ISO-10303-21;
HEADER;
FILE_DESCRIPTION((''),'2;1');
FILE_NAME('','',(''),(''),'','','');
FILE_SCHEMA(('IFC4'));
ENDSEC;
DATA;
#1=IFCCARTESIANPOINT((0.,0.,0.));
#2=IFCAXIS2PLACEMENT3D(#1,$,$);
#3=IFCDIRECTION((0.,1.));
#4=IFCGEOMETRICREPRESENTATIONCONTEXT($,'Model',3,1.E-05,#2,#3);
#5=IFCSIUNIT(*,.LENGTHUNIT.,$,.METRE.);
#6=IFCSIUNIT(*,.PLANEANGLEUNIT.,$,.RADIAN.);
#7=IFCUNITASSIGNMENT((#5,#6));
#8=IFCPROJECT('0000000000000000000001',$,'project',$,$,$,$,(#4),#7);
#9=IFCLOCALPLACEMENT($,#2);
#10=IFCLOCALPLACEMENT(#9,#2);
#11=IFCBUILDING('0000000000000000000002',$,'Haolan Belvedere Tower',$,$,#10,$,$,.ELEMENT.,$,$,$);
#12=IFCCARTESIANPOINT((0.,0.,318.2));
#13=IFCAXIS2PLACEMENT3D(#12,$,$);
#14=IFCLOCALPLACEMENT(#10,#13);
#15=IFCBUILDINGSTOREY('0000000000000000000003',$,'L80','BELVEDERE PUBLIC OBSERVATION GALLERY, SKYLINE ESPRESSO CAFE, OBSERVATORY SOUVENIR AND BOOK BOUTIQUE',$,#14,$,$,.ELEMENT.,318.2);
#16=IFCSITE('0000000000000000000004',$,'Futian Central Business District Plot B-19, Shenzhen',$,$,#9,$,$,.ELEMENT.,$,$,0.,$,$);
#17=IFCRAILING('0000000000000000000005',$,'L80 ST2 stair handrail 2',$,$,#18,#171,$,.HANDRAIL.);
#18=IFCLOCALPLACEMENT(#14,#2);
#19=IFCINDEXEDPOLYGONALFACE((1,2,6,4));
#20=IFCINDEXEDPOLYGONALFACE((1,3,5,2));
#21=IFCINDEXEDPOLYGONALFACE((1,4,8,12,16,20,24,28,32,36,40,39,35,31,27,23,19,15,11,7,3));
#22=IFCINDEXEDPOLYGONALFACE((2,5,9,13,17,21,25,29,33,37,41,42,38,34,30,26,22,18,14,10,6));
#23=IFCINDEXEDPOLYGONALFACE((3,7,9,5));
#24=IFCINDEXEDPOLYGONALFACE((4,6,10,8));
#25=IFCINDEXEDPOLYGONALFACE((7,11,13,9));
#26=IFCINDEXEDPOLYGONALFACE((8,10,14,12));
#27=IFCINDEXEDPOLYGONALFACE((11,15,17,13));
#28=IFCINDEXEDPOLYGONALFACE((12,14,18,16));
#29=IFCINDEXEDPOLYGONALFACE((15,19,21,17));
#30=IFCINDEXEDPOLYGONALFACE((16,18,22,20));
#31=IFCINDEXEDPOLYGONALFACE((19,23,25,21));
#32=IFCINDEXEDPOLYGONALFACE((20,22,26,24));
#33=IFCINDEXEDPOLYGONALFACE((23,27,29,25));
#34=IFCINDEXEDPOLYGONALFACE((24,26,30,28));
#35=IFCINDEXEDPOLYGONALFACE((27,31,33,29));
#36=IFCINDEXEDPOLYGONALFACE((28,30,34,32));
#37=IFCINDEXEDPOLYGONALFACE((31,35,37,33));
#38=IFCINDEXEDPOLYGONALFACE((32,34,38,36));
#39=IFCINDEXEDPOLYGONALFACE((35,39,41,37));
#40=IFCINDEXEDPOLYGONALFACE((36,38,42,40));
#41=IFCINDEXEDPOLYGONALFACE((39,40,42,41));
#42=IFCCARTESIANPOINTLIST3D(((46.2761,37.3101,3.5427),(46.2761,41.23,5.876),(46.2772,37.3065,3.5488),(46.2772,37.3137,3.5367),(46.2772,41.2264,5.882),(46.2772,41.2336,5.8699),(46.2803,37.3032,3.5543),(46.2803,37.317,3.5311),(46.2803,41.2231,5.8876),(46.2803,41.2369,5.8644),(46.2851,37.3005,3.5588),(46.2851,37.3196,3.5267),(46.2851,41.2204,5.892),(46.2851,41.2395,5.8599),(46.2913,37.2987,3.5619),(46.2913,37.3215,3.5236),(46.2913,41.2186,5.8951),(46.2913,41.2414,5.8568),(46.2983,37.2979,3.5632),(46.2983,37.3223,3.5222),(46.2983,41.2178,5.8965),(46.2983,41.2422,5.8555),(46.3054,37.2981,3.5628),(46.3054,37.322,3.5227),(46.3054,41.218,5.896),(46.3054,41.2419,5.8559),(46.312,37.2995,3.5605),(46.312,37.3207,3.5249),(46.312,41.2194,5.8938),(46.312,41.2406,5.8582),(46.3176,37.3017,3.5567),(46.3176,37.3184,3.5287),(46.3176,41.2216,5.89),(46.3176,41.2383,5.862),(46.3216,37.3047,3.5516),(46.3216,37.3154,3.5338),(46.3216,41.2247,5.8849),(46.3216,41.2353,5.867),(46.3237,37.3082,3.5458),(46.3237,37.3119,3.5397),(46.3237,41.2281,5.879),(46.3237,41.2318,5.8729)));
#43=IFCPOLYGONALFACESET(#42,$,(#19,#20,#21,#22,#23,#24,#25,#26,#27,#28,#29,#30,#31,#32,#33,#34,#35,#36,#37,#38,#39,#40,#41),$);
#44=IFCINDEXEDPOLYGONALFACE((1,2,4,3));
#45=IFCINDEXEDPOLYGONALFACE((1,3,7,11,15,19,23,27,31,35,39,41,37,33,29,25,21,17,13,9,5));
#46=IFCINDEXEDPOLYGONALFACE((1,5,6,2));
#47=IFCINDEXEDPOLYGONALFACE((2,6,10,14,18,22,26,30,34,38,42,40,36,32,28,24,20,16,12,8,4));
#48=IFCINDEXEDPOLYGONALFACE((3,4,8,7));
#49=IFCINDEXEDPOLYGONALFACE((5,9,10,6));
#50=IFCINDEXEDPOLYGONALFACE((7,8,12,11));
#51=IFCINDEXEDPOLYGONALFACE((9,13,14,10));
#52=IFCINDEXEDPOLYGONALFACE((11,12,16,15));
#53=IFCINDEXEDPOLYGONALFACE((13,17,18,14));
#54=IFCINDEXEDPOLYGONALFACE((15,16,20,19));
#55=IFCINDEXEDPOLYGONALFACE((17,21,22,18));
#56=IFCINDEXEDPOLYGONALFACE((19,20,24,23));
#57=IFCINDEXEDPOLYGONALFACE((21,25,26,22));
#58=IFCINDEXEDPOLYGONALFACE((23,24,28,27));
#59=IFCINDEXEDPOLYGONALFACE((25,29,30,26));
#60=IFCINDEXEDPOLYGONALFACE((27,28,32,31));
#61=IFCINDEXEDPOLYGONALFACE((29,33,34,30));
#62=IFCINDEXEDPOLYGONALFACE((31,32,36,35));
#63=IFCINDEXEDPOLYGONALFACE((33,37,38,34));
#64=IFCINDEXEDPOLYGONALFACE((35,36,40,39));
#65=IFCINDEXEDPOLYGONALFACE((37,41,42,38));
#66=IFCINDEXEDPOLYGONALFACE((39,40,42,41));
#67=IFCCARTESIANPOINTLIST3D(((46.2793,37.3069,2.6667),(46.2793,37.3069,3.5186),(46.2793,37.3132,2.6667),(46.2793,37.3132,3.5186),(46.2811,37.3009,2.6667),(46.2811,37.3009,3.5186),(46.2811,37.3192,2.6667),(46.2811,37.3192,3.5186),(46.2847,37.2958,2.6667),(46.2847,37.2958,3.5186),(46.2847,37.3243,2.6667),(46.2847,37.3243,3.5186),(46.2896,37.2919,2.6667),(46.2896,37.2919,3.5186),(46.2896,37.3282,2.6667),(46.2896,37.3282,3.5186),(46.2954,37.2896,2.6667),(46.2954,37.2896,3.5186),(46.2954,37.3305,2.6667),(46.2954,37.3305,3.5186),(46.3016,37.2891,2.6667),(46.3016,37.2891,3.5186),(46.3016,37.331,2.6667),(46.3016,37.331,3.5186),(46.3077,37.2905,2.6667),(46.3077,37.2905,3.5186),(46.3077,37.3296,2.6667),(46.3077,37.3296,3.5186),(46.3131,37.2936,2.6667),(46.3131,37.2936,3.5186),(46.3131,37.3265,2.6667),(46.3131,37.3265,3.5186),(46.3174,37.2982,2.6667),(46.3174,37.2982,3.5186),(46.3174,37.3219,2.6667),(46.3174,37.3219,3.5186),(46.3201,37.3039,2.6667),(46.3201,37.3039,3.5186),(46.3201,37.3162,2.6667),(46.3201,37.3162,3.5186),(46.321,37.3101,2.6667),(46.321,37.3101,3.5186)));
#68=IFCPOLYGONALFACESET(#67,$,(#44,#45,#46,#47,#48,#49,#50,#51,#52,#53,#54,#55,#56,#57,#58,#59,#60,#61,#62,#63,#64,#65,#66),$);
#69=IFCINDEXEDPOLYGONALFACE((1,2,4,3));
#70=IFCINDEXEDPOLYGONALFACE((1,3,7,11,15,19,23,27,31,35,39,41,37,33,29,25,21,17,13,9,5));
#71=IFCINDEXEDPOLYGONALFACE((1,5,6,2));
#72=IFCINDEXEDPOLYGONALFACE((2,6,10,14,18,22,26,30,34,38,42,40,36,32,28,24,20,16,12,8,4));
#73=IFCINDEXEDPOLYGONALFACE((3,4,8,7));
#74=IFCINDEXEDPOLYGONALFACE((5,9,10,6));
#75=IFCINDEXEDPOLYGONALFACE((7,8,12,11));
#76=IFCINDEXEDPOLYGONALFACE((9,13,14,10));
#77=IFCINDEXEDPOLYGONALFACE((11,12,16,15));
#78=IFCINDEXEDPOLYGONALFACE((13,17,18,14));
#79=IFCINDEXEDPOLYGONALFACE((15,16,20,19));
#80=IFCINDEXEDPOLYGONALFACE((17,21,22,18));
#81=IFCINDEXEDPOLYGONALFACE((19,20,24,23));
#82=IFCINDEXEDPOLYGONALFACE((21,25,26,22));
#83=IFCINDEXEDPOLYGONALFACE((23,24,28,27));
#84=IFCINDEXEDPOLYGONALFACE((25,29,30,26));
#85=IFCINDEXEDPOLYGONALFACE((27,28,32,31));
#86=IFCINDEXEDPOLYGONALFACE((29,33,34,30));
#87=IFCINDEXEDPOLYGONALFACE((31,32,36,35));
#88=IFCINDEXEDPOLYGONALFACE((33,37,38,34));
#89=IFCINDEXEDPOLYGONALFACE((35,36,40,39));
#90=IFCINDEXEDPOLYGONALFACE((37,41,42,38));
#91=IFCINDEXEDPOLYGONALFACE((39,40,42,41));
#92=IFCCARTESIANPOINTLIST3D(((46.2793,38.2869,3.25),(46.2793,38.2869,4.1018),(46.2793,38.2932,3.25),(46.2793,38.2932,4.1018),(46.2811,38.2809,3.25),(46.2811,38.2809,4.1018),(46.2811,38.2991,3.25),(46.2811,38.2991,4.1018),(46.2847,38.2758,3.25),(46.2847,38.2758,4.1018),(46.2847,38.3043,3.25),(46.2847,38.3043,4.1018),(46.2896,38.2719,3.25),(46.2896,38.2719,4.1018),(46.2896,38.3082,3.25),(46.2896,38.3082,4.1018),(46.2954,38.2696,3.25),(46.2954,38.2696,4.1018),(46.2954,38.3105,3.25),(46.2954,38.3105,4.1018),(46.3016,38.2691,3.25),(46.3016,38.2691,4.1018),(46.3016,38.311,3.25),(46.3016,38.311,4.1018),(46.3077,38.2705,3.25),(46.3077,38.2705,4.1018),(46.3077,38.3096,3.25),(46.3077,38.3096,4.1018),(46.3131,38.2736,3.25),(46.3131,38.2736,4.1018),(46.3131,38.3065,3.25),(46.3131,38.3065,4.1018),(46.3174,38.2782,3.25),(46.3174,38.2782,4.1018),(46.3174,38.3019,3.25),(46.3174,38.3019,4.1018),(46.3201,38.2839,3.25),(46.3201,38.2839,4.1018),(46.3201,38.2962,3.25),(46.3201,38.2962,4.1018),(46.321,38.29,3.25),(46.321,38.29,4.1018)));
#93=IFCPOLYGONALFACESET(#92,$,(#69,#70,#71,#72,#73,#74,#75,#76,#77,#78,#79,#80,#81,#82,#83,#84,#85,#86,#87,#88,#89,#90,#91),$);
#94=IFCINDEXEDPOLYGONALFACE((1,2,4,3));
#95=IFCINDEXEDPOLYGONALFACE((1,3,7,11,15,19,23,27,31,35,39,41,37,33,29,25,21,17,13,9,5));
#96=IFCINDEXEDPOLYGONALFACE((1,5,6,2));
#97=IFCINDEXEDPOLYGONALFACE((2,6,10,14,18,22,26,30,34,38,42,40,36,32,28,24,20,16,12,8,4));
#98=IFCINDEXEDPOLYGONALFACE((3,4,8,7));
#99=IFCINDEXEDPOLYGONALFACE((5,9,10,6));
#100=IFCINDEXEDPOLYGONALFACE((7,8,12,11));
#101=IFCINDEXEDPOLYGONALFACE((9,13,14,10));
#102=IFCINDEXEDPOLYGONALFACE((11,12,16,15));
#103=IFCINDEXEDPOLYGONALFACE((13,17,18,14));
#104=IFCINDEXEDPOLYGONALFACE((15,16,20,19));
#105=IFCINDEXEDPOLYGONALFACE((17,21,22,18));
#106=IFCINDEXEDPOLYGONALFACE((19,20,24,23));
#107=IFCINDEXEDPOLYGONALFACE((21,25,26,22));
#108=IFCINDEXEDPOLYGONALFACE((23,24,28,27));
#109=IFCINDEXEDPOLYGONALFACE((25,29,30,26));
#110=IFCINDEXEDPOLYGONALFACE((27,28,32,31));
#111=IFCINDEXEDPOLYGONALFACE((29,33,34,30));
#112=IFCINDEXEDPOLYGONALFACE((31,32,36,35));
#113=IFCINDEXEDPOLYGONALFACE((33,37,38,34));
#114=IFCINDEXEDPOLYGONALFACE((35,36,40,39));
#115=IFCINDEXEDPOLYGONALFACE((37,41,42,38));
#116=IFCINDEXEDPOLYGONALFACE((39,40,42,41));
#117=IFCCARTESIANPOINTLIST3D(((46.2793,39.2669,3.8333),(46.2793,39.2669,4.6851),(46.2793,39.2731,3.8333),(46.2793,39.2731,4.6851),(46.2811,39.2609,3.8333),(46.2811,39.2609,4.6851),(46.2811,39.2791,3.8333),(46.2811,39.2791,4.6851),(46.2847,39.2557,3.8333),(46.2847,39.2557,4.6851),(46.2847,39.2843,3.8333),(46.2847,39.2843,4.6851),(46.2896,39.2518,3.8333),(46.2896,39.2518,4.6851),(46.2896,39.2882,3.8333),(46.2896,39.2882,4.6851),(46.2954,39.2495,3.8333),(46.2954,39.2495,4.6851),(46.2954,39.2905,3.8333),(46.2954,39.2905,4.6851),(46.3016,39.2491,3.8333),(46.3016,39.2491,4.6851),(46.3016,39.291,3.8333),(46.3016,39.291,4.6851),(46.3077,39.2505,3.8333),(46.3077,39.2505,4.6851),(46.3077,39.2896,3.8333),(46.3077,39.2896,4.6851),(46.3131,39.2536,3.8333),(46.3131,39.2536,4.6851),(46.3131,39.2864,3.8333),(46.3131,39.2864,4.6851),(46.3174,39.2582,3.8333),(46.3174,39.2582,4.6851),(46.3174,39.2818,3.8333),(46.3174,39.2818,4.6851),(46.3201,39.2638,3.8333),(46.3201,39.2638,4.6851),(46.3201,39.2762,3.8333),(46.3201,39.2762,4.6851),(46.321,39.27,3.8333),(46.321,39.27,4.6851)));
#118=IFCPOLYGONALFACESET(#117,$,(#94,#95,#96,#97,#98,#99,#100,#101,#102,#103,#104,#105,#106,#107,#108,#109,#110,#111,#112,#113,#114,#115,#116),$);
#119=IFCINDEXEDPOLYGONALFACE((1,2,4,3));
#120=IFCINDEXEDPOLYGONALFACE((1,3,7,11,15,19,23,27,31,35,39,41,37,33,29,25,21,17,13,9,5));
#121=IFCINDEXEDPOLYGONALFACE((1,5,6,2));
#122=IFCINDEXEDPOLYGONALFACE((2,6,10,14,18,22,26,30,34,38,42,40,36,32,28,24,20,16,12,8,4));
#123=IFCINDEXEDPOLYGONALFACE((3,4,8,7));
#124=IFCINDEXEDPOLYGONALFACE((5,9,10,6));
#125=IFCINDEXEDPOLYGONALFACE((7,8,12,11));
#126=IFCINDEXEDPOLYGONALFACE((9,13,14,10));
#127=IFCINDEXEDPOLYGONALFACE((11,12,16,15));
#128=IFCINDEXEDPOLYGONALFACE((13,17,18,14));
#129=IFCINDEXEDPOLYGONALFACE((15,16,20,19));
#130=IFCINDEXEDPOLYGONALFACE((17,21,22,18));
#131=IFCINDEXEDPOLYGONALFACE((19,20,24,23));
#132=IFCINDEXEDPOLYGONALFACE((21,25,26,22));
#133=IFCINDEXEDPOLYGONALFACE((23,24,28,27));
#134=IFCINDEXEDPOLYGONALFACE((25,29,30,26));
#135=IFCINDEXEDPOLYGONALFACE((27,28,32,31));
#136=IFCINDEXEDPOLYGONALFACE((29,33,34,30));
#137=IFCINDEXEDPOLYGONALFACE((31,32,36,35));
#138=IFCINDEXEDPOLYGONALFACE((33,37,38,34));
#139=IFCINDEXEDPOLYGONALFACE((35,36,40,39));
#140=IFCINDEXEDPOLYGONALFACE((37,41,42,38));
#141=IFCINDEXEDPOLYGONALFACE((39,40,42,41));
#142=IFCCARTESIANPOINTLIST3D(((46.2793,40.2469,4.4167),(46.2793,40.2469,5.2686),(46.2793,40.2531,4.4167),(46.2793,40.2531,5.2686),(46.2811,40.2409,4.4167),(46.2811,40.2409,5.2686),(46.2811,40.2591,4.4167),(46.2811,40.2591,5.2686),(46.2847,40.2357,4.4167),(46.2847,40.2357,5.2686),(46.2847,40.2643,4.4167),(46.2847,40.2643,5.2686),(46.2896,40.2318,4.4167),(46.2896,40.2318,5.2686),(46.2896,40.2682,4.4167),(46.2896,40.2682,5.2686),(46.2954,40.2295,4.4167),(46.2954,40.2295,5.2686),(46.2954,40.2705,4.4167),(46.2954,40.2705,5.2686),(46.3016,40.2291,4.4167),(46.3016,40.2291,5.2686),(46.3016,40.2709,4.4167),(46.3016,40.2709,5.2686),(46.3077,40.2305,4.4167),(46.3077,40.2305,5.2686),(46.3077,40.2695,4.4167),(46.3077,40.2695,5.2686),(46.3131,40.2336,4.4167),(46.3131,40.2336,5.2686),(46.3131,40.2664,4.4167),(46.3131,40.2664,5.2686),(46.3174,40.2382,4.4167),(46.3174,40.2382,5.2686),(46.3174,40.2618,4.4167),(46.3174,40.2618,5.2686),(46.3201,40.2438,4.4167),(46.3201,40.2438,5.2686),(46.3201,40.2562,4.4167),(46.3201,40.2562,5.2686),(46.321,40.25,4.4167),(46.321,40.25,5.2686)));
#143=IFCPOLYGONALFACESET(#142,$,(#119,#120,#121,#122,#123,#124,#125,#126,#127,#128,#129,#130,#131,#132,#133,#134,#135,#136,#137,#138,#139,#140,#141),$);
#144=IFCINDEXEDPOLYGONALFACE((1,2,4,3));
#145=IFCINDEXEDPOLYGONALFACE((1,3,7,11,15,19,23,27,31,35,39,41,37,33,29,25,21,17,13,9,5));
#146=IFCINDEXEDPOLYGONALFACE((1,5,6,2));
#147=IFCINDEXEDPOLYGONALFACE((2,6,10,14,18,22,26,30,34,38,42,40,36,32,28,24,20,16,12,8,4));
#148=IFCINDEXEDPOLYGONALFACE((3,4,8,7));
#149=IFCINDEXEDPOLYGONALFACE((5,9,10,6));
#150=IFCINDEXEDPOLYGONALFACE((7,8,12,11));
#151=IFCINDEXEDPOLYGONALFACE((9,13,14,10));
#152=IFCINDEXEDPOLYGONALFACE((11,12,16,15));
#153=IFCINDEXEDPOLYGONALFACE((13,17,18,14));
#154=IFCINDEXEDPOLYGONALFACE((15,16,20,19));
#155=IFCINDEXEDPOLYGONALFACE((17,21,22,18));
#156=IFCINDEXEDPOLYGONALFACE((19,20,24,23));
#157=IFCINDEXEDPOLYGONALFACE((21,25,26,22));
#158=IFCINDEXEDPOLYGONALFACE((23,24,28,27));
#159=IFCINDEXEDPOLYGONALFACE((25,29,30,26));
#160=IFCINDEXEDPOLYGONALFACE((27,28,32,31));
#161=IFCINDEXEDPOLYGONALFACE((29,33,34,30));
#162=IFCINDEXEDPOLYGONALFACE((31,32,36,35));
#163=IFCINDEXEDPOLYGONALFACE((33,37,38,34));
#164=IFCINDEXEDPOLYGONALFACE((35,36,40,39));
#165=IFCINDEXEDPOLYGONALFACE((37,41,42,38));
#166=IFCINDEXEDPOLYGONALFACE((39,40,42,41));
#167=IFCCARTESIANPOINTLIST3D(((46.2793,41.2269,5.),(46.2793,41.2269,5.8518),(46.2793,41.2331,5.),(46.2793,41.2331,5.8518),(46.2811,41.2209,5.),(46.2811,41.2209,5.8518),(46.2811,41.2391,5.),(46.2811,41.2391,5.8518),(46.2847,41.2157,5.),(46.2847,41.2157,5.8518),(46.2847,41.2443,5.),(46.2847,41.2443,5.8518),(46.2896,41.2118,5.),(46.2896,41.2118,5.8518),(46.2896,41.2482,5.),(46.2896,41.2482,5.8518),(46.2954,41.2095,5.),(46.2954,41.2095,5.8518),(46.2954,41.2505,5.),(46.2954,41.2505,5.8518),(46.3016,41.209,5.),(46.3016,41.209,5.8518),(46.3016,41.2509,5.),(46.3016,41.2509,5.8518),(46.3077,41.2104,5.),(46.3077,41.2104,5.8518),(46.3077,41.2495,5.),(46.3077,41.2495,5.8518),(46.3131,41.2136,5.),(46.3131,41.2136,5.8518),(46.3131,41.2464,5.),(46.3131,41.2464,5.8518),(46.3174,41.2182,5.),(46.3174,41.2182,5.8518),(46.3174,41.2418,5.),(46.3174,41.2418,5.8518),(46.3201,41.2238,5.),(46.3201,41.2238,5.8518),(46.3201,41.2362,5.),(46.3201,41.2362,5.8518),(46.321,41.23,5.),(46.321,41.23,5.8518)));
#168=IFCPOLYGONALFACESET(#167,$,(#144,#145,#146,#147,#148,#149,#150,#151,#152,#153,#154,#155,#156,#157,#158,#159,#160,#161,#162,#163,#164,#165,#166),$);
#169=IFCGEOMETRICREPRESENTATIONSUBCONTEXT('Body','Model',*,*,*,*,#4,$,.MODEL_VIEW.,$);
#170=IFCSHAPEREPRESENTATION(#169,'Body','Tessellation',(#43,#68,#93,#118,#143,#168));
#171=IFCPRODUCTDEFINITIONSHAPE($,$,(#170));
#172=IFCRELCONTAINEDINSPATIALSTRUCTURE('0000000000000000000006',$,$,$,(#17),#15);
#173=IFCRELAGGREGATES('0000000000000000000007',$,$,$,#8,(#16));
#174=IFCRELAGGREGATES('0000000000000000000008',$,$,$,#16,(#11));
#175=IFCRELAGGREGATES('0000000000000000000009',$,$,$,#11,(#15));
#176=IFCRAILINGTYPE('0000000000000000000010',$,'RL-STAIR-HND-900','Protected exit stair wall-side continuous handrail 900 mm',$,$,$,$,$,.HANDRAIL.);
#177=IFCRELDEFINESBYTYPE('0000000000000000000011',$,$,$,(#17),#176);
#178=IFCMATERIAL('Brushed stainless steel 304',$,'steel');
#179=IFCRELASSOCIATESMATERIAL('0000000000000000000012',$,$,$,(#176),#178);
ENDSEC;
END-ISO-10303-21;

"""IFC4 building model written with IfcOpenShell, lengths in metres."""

from ifc_helpers import new_model, si_unit, direction, frame, origin, origin_2d, place, context, subcontext, project, spatial, circle, extrude, material, type_object, element, save


model = new_model("IFC4")

# Units and contexts
model_context = context("Model", 3, precision=1e-05, world=origin(), true_north=direction((0.0, 1.0)))
body_context = subcontext(model_context, "Body", "Model", "MODEL_VIEW")
ifc_project = project(units=[si_unit("LENGTHUNIT", "METRE"), si_unit("PLANEANGLEUNIT", "RADIAN")], contexts=[model_context])

# Site, building, storey
site_placement = place(None, origin())
site = spatial("IfcSite", under=ifc_project, at=site_placement, Name="Futian Central Business District Plot B-19, Shenzhen", CompositionType="ELEMENT", RefElevation=0.0)
building_placement = place(site_placement, origin())
building = spatial("IfcBuilding", under=site, at=building_placement, Name="Haolan Belvedere Tower", CompositionType="ELEMENT")
storey_placement = place(building_placement, frame((0.0, 0.0, 318.2)))
storey = spatial("IfcBuildingStorey", under=building, at=storey_placement, Name="L80", Description="BELVEDERE PUBLIC OBSERVATION GALLERY, SKYLINE ESPRESSO CAFE, OBSERVATORY SOUVENIR AND BOOK BOUTIQUE", CompositionType="ELEMENT", Elevation=318.2)

# Railing
ifc_material_1 = material(Name="Brushed stainless steel 304", Category="steel")
railing_type_1 = type_object("IfcRailingType", Name="RL-STAIR-HND-900", Description="Protected exit stair wall-side continuous handrail 900 mm", PredefinedType="HANDRAIL", material=ifc_material_1)
railing_1_placement = place(storey_placement, frame((46.3, 37.3101, 2.6667)))
element("IfcRailing", 1, at=railing_1_placement, inside=storey, type_object=railing_type_1, Name="L80 ST2 stair handrail 2", PredefinedType="HANDRAIL", context=body_context, shape_type="SweptSolid", body=[
    extrude(circle(Radius=0.0239, at=origin_2d()), frame((0.0, 0.0, 0.876), z_axis=(0.0, 0.859296, 0.511478), x_axis=(-1.0, 0.0, 0.0)), (0.0, 0.0, 1.0), 4.5618),
    extrude(circle(Radius=0.021, at=origin_2d()), origin(), (0.0, 0.0, 1.0), 0.8518),
    extrude(circle(Radius=0.021, at=origin_2d()), frame((0.0, 0.98, 0.5833)), (0.0, 0.0, 1.0), 0.8518),
    extrude(circle(Radius=0.021, at=origin_2d()), frame((0.0, 1.96, 1.1665)), (0.0, 0.0, 1.0), 0.8518),
    extrude(circle(Radius=0.021, at=origin_2d()), frame((0.0, 2.9399, 1.75)), (0.0, 0.0, 1.0), 0.8518),
    extrude(circle(Radius=0.021, at=origin_2d()), frame((0.0, 3.9199, 2.3333)), (0.0, 0.0, 1.0), 0.8518),
])

save(model, "model.ifc")
